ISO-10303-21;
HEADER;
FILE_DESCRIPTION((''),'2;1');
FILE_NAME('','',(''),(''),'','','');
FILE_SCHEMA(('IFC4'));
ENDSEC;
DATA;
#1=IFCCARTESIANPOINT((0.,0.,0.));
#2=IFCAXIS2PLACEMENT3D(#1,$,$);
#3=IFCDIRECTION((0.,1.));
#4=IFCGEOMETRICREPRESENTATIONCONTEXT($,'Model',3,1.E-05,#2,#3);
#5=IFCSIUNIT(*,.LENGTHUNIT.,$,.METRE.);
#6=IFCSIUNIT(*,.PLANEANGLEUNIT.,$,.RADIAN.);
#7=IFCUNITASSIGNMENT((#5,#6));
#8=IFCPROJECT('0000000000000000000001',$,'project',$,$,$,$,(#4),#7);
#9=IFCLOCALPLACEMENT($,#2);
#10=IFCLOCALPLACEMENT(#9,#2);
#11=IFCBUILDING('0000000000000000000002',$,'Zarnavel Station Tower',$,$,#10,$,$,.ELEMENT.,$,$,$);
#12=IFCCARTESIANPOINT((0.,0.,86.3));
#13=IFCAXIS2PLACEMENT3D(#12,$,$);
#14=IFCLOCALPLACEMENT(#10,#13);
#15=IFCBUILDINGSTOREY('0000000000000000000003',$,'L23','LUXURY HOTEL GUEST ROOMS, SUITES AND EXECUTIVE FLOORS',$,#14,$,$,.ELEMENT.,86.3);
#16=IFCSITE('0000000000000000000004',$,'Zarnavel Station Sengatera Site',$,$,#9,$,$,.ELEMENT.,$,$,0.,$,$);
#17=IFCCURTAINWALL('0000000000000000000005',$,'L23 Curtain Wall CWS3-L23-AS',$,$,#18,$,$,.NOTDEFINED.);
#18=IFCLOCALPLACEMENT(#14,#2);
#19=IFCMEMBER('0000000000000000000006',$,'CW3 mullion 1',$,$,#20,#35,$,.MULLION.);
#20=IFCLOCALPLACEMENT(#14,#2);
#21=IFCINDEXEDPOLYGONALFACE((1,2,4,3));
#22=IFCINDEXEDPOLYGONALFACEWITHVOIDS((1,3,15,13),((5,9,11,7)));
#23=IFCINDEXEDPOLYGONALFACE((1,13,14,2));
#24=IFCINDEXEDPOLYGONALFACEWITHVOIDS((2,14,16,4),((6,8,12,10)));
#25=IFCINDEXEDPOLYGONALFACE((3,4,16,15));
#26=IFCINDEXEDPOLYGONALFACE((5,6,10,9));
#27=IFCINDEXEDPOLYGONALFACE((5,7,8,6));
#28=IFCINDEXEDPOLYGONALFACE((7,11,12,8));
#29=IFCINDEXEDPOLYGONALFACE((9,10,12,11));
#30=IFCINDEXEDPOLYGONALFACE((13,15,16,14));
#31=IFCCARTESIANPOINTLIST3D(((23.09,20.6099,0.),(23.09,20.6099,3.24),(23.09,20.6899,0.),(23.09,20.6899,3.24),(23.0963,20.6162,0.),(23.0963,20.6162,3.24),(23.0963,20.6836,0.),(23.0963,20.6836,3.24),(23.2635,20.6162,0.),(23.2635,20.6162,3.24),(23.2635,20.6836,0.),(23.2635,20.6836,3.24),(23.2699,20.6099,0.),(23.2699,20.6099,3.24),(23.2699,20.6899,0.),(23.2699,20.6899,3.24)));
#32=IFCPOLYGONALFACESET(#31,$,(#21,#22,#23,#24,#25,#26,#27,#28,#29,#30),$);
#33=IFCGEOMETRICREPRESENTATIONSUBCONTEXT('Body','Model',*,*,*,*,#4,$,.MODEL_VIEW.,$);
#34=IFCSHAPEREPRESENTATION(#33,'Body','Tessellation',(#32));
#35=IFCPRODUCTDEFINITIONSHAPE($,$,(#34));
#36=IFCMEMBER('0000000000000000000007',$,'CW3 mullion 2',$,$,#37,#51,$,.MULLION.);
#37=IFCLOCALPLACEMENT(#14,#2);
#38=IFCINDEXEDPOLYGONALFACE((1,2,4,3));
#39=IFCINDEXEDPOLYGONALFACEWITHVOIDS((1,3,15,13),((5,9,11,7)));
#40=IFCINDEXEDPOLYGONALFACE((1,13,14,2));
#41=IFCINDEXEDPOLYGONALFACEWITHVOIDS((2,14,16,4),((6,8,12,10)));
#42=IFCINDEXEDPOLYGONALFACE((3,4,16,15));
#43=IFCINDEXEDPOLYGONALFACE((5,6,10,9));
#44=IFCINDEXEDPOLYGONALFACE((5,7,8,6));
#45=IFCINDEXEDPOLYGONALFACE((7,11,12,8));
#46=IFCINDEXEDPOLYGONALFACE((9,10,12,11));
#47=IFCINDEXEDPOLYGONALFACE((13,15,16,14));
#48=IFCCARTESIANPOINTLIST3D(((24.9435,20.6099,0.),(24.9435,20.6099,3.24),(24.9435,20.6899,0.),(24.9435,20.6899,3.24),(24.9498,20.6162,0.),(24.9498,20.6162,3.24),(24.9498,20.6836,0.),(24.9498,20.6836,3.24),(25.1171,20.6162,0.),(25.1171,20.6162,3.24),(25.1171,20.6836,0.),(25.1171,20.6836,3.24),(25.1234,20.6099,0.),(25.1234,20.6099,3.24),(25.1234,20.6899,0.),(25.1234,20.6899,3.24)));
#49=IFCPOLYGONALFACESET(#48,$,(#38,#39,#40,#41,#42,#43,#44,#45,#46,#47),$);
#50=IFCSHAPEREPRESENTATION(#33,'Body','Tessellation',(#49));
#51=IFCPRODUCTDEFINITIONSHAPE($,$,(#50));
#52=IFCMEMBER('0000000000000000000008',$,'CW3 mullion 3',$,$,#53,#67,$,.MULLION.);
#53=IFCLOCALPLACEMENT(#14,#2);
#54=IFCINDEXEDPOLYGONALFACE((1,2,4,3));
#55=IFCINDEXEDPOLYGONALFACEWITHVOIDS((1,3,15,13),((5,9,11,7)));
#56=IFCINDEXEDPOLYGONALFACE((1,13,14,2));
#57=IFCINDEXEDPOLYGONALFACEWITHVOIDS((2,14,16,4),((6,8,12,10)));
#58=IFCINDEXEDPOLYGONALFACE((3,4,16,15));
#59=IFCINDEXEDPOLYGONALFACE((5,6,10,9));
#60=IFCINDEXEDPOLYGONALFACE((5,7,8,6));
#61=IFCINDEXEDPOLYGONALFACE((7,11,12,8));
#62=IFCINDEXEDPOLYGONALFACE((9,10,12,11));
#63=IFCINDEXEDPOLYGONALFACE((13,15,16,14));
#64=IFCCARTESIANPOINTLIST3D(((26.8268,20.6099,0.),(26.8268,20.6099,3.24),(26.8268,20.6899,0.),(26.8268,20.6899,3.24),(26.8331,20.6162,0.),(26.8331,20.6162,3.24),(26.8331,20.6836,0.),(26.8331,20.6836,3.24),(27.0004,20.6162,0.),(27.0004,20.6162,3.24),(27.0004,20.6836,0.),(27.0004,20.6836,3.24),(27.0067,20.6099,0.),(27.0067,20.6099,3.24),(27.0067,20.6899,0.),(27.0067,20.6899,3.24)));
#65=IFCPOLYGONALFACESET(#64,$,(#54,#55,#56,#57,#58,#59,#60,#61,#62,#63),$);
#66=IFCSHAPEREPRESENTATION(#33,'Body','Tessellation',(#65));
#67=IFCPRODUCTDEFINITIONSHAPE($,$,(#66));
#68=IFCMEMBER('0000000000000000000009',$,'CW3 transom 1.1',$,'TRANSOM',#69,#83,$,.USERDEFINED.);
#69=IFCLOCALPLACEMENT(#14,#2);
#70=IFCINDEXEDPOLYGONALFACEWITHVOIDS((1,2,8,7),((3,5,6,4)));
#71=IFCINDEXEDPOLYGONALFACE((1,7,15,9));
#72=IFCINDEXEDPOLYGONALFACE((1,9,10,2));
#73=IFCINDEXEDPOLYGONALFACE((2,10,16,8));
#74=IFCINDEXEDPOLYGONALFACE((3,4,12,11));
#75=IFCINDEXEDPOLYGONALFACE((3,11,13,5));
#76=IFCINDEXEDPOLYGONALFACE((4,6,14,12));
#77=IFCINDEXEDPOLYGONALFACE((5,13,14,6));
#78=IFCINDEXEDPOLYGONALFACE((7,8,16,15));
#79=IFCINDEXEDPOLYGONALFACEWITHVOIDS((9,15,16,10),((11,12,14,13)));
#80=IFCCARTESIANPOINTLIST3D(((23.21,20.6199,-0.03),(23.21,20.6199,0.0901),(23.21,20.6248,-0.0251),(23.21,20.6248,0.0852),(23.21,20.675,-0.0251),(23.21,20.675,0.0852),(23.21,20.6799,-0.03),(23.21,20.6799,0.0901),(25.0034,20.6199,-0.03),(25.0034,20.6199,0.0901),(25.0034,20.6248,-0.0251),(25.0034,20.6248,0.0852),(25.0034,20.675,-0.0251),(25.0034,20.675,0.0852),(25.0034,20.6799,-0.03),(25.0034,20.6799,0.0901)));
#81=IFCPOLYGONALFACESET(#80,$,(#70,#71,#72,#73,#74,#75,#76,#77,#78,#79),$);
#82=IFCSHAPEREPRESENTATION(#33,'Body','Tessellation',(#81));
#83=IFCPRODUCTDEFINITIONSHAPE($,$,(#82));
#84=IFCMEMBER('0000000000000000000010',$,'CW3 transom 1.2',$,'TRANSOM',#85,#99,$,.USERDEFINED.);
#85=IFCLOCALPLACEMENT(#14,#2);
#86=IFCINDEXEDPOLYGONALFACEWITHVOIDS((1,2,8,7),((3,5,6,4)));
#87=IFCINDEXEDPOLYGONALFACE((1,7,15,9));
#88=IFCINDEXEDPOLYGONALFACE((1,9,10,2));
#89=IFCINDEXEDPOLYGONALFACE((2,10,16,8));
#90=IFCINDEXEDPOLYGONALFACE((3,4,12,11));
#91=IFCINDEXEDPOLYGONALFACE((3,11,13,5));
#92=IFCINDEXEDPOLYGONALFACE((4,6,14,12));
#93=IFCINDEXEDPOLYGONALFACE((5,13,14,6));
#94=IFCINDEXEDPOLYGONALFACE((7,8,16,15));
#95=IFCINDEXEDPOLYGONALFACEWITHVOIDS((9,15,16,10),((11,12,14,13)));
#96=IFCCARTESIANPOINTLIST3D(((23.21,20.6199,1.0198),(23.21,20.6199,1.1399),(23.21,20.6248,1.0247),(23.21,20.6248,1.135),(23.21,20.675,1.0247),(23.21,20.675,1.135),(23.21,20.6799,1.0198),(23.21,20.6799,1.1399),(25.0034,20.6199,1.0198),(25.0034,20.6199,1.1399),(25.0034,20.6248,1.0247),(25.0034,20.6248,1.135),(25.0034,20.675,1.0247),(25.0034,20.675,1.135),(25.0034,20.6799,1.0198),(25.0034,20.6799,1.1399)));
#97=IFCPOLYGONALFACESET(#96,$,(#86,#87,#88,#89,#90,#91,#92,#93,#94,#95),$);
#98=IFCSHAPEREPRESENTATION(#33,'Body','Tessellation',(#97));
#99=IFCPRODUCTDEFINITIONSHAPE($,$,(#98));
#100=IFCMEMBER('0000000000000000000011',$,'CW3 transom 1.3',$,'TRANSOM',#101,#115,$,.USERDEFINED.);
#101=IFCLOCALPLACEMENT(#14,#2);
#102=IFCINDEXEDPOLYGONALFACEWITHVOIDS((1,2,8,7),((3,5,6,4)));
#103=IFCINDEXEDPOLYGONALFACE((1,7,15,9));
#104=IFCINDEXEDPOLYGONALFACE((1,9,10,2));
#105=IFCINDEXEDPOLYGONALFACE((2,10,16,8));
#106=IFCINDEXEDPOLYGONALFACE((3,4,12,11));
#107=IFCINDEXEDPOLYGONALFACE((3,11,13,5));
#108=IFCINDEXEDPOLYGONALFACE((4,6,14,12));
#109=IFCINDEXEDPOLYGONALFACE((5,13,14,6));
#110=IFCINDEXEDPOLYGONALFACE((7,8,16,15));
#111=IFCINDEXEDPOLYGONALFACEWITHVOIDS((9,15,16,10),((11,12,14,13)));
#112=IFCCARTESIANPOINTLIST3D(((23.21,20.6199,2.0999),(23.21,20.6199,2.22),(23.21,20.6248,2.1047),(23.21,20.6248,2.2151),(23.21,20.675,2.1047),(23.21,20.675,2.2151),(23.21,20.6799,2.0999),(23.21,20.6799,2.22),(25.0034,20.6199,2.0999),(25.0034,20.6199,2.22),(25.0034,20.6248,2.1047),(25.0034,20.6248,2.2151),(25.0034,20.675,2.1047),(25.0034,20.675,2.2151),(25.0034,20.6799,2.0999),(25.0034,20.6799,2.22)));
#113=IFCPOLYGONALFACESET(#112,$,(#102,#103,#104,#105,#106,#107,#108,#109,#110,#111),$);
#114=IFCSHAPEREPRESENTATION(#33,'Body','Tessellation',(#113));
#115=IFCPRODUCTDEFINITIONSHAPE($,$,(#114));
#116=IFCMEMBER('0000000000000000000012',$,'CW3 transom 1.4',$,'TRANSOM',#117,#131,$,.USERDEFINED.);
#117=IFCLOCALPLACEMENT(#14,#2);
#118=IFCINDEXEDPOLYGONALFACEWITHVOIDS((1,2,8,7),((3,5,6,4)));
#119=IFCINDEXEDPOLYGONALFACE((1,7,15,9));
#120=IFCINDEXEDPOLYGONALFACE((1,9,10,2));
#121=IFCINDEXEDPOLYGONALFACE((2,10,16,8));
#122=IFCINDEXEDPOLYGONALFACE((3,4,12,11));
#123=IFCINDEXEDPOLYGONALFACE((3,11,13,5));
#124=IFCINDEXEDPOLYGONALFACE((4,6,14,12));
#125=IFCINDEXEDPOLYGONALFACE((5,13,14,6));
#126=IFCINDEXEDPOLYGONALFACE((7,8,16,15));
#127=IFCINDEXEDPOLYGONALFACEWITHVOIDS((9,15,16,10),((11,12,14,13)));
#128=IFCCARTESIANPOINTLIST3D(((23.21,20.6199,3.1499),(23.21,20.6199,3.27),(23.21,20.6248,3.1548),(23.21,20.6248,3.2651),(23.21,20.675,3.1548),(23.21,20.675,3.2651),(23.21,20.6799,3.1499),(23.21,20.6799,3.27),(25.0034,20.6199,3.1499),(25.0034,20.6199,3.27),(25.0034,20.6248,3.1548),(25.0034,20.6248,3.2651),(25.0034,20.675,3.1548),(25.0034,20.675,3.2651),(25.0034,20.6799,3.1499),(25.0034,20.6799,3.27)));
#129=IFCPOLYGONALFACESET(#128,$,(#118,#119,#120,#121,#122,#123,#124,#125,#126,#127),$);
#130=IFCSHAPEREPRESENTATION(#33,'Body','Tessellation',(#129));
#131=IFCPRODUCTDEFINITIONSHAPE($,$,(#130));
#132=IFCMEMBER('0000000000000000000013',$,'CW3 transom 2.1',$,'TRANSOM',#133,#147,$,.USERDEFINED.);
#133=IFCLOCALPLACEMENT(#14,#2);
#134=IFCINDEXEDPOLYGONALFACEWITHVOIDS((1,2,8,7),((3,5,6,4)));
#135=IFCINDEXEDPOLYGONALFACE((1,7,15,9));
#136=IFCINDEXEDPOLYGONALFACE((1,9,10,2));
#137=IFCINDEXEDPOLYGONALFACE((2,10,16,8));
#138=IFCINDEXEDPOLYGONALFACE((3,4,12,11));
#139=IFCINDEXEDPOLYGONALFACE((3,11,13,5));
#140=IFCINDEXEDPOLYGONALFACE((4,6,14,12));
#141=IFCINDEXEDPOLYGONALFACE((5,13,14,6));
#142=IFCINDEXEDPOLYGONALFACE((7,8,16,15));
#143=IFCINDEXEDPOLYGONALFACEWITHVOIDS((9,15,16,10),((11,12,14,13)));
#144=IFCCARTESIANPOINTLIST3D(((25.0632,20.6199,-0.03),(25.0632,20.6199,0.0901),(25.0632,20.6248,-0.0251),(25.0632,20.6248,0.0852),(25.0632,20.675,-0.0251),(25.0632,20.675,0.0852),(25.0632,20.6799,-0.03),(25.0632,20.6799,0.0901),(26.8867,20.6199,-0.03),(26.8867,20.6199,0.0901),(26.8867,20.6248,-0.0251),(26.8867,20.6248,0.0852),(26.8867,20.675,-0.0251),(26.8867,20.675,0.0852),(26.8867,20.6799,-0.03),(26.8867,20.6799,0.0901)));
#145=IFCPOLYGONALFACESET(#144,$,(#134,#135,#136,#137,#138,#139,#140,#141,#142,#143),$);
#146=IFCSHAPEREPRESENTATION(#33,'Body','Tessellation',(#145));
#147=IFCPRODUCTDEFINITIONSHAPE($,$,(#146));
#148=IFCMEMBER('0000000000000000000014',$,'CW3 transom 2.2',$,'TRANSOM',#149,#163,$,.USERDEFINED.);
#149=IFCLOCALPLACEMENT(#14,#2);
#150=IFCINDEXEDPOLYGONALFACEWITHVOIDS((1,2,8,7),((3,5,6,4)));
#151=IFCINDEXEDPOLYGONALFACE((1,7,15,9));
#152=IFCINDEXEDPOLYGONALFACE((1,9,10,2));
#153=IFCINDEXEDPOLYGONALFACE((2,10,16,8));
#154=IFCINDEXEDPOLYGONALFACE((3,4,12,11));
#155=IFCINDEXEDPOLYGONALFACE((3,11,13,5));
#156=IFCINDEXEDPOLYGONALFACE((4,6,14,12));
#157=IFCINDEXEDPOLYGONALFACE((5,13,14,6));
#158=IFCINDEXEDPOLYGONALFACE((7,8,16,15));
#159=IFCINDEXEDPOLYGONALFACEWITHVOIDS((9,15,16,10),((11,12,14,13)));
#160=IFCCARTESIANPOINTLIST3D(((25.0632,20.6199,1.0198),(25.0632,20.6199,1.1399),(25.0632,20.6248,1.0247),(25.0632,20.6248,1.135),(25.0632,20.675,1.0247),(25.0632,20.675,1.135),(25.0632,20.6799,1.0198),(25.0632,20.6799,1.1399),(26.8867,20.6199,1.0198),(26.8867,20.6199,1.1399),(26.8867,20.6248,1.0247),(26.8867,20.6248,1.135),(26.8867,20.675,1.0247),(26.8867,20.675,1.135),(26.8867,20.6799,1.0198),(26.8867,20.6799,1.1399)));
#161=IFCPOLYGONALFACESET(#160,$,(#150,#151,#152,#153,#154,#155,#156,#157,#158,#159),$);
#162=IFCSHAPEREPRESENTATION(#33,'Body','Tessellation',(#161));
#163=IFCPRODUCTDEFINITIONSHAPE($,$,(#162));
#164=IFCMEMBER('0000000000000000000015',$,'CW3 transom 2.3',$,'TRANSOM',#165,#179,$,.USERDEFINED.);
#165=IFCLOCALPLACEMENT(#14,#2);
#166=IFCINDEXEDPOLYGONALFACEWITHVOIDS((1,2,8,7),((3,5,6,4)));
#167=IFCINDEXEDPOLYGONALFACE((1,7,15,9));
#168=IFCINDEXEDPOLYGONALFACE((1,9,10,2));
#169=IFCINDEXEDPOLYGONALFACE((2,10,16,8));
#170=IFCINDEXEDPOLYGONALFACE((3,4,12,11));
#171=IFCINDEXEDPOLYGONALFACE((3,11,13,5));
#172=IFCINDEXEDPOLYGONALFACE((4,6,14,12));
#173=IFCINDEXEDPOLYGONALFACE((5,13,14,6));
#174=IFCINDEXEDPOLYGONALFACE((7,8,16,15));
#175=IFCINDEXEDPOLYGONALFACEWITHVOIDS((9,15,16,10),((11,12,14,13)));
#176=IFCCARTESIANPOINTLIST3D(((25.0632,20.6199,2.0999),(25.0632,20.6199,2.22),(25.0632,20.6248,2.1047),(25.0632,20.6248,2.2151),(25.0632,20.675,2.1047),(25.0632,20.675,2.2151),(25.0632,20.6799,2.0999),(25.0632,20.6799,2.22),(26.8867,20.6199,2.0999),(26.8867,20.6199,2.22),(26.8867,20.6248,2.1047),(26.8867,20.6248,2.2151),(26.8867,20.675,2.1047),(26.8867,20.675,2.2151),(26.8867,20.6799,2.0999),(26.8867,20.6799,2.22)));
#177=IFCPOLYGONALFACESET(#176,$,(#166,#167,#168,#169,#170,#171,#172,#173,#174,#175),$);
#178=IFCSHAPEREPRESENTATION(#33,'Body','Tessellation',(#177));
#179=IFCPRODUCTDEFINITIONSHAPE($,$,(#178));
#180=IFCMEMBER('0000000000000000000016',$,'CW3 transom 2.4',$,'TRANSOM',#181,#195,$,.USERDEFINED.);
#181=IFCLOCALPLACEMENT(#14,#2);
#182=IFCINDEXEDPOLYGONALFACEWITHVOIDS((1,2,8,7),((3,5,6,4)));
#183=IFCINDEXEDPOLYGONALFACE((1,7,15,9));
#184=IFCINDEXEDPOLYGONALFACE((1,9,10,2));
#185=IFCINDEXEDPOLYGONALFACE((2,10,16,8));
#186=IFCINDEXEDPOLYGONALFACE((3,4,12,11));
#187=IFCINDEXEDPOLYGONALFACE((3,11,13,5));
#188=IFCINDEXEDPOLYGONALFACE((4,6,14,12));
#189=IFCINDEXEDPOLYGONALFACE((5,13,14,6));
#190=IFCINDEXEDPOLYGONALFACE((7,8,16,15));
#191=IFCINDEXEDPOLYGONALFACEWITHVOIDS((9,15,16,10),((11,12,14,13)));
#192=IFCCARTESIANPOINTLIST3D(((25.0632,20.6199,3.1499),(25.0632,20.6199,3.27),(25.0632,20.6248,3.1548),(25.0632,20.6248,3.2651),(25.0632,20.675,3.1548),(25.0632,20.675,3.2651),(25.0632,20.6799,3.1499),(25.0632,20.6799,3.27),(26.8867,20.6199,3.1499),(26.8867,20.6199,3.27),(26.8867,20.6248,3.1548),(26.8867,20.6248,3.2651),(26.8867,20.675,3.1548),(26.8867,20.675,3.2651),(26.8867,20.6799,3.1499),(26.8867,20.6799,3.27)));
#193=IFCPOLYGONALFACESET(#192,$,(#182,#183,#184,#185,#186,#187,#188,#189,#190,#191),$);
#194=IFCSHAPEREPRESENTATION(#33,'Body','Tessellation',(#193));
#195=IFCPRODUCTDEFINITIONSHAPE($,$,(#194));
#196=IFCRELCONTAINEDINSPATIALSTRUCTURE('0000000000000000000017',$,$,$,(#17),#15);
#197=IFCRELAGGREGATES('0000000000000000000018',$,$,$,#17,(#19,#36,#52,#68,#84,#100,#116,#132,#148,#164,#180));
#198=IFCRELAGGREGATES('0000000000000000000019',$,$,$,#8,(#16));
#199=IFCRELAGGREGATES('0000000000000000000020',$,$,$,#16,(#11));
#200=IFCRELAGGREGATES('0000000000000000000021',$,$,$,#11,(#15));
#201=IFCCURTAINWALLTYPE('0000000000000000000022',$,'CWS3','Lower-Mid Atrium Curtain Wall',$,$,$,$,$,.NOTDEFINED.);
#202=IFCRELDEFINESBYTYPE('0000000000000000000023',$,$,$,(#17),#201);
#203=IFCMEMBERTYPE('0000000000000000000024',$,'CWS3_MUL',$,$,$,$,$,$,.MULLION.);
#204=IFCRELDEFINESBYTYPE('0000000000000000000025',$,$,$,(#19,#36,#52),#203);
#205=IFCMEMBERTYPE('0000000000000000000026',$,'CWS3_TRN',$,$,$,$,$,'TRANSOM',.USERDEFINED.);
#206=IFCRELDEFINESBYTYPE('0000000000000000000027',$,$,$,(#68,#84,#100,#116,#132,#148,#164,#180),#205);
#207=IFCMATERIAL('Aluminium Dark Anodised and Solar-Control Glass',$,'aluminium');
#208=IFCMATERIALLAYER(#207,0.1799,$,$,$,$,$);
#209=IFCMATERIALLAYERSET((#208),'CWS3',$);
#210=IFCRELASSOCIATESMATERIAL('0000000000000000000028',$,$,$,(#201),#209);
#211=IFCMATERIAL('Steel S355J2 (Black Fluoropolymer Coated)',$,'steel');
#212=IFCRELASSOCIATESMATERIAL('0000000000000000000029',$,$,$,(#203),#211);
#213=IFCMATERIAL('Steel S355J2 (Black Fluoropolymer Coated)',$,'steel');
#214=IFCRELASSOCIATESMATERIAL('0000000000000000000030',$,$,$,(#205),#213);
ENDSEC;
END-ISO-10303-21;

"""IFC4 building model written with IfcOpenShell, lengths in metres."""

from ifc_helpers import new_model, si_unit, direction, frame, origin, origin_2d, place, context, subcontext, project, spatial, hollow_rectangle, extrude, material, layer, layer_set, material_profile, profile_set, type_object, element, aggregate, save


model = new_model("IFC4")

# Units and contexts
model_context = context("Model", 3, precision=1e-05, world=origin(), true_north=direction((0.0, 1.0)))
body_context = subcontext(model_context, "Body", "Model", "MODEL_VIEW")
ifc_project = project(units=[si_unit("LENGTHUNIT", "METRE"), si_unit("PLANEANGLEUNIT", "RADIAN")], contexts=[model_context])

# Site, building, storey
site_placement = place(None, origin())
site = spatial("IfcSite", under=ifc_project, at=site_placement, Name="Zarnavel Station Sengatera Site", CompositionType="ELEMENT", RefElevation=0.0)
building_placement = place(site_placement, origin())
building = spatial("IfcBuilding", under=site, at=building_placement, Name="Zarnavel Station Tower", CompositionType="ELEMENT")
storey_placement = place(building_placement, frame((0.0, 0.0, 86.3)))
storey = spatial("IfcBuildingStorey", under=building, at=storey_placement, Name="L23", Description="LUXURY HOTEL GUEST ROOMS, SUITES AND EXECUTIVE FLOORS", CompositionType="ELEMENT", Elevation=86.3)

# Curtain wall, members
ifc_material_1 = material(Name="Aluminium Dark Anodised and Solar-Control Glass", Category="aluminium")
ifc_layer_1 = layer(ifc_material_1, 0.1799)
ifc_layer_set_1 = layer_set([ifc_layer_1], Name="CWS3")
curtain_wall_type = type_object("IfcCurtainWallType", Name="CWS3", Description="Lower-Mid Atrium Curtain Wall", PredefinedType="NOTDEFINED", material=ifc_layer_set_1)
curtain_wall_placement = place(storey_placement, origin())
curtain_wall = element("IfcCurtainWall", 1, at=curtain_wall_placement, inside=storey, type_object=curtain_wall_type, Name="L23 Curtain Wall CWS3-L23-AS", PredefinedType="NOTDEFINED")
ifc_material_2 = material(Name="Steel S355J2 (Black Fluoropolymer Coated)", Category="steel")
ifc_material_profile_1 = material_profile(ifc_material_2, hollow_rectangle(XDim=0.0801, YDim=0.1799, WallThickness=0.0063, at=origin_2d()), Name="RHS180x80x6.3")
ifc_profile_set_1 = profile_set([ifc_material_profile_1], Name="Steel S355J2 (Black Fluoropolymer Coated)")
member_type_1 = type_object("IfcMemberType", Name="CWS3_MUL", PredefinedType="MULLION", material=ifc_profile_set_1)
member_1_placement = place(storey_placement, frame((23.1799, 20.6499, 0.0), z_axis=(0.0, 0.0, 1.0), x_axis=(0.0, 1.0, 0.0)))
member_1 = element("IfcMember", 2, at=member_1_placement, type_object=member_type_1, Name="CW3 mullion 1", PredefinedType="MULLION", context=body_context, shape_type="SweptSolid", body=[
    extrude(hollow_rectangle(XDim=0.0801, YDim=0.1799, WallThickness=0.0063, at=origin_2d()), origin(), (0.0, 0.0, 1.0), 3.24),
])
member_2_placement = place(storey_placement, frame((25.0334, 20.6499, 0.0), z_axis=(0.0, 0.0, 1.0), x_axis=(0.0, 1.0, 0.0)))
member_2 = element("IfcMember", 3, at=member_2_placement, type_object=member_type_1, Name="CW3 mullion 2", PredefinedType="MULLION", context=body_context, shape_type="SweptSolid", body=[
    extrude(hollow_rectangle(XDim=0.0801, YDim=0.1799, WallThickness=0.0063, at=origin_2d()), origin(), (0.0, 0.0, 1.0), 3.24),
])
member_3_placement = place(storey_placement, frame((26.9167, 20.6499, 0.0), z_axis=(0.0, 0.0, 1.0), x_axis=(0.0, 1.0, 0.0)))
member_3 = element("IfcMember", 4, at=member_3_placement, type_object=member_type_1, Name="CW3 mullion 3", PredefinedType="MULLION", context=body_context, shape_type="SweptSolid", body=[
    extrude(hollow_rectangle(XDim=0.0801, YDim=0.1799, WallThickness=0.0063, at=origin_2d()), origin(), (0.0, 0.0, 1.0), 3.24),
])
ifc_material_3 = material(Name="Steel S355J2 (Black Fluoropolymer Coated)", Category="steel")
ifc_material_profile_2 = material_profile(ifc_material_3, hollow_rectangle(XDim=0.0601, YDim=0.1201, WallThickness=0.0049, at=origin_2d()), Name="RHS120x60x5")
ifc_profile_set_2 = profile_set([ifc_material_profile_2], Name="Steel S355J2 (Black Fluoropolymer Coated)")
member_type_2 = type_object("IfcMemberType", Name="CWS3_TRN", ElementType="TRANSOM", PredefinedType="USERDEFINED", material=ifc_profile_set_2)
member_4_placement = place(storey_placement, frame((23.21, 20.6499, 0.03), z_axis=(1.0, 0.0, 0.0), x_axis=(0.0, 1.0, 0.0)))
member_4 = element("IfcMember", 5, at=member_4_placement, type_object=member_type_2, Name="CW3 transom 1.1", ObjectType="TRANSOM", PredefinedType="USERDEFINED", context=body_context, shape_type="SweptSolid", body=[
    extrude(hollow_rectangle(XDim=0.0601, YDim=0.1201, WallThickness=0.0049, at=origin_2d()), origin(), (0.0, 0.0, 1.0), 1.7935),
])
member_5_placement = place(storey_placement, frame((23.21, 20.6499, 1.0798), z_axis=(1.0, 0.0, 0.0), x_axis=(0.0, 1.0, 0.0)))
member_5 = element("IfcMember", 6, at=member_5_placement, type_object=member_type_2, Name="CW3 transom 1.2", ObjectType="TRANSOM", PredefinedType="USERDEFINED", context=body_context, shape_type="SweptSolid", body=[
    extrude(hollow_rectangle(XDim=0.0601, YDim=0.1201, WallThickness=0.0049, at=origin_2d()), origin(), (0.0, 0.0, 1.0), 1.7935),
])
member_6_placement = place(storey_placement, frame((23.21, 20.6499, 2.1599), z_axis=(1.0, 0.0, 0.0), x_axis=(0.0, 1.0, 0.0)))
member_6 = element("IfcMember", 7, at=member_6_placement, type_object=member_type_2, Name="CW3 transom 1.3", ObjectType="TRANSOM", PredefinedType="USERDEFINED", context=body_context, shape_type="SweptSolid", body=[
    extrude(hollow_rectangle(XDim=0.0601, YDim=0.1201, WallThickness=0.0049, at=origin_2d()), origin(), (0.0, 0.0, 1.0), 1.7935),
])
member_7_placement = place(storey_placement, frame((23.21, 20.6499, 3.21), z_axis=(1.0, 0.0, 0.0), x_axis=(0.0, 1.0, 0.0)))
member_7 = element("IfcMember", 8, at=member_7_placement, type_object=member_type_2, Name="CW3 transom 1.4", ObjectType="TRANSOM", PredefinedType="USERDEFINED", context=body_context, shape_type="SweptSolid", body=[
    extrude(hollow_rectangle(XDim=0.0601, YDim=0.1201, WallThickness=0.0049, at=origin_2d()), origin(), (0.0, 0.0, 1.0), 1.7935),
])
member_8_placement = place(storey_placement, frame((25.0632, 20.6499, 0.03), z_axis=(1.0, 0.0, 0.0), x_axis=(0.0, 1.0, 0.0)))
member_8 = element("IfcMember", 9, at=member_8_placement, type_object=member_type_2, Name="CW3 transom 2.1", ObjectType="TRANSOM", PredefinedType="USERDEFINED", context=body_context, shape_type="SweptSolid", body=[
    extrude(hollow_rectangle(XDim=0.0601, YDim=0.1201, WallThickness=0.0049, at=origin_2d()), origin(), (0.0, 0.0, 1.0), 1.8235),
])
member_9_placement = place(storey_placement, frame((25.0632, 20.6499, 1.0798), z_axis=(1.0, 0.0, 0.0), x_axis=(0.0, 1.0, 0.0)))
member_9 = element("IfcMember", 10, at=member_9_placement, type_object=member_type_2, Name="CW3 transom 2.2", ObjectType="TRANSOM", PredefinedType="USERDEFINED", context=body_context, shape_type="SweptSolid", body=[
    extrude(hollow_rectangle(XDim=0.0601, YDim=0.1201, WallThickness=0.0049, at=origin_2d()), origin(), (0.0, 0.0, 1.0), 1.8235),
])
member_10_placement = place(storey_placement, frame((25.0632, 20.6499, 2.1599), z_axis=(1.0, 0.0, 0.0), x_axis=(0.0, 1.0, 0.0)))
member_10 = element("IfcMember", 11, at=member_10_placement, type_object=member_type_2, Name="CW3 transom 2.3", ObjectType="TRANSOM", PredefinedType="USERDEFINED", context=body_context, shape_type="SweptSolid", body=[
    extrude(hollow_rectangle(XDim=0.0601, YDim=0.1201, WallThickness=0.0049, at=origin_2d()), origin(), (0.0, 0.0, 1.0), 1.8235),
])
member_11_placement = place(storey_placement, frame((25.0632, 20.6499, 3.21), z_axis=(1.0, 0.0, 0.0), x_axis=(0.0, 1.0, 0.0)))
member_11 = element("IfcMember", 12, at=member_11_placement, type_object=member_type_2, Name="CW3 transom 2.4", ObjectType="TRANSOM", PredefinedType="USERDEFINED", context=body_context, shape_type="SweptSolid", body=[
    extrude(hollow_rectangle(XDim=0.0601, YDim=0.1201, WallThickness=0.0049, at=origin_2d()), origin(), (0.0, 0.0, 1.0), 1.8235),
])
aggregate(curtain_wall, [member_1, member_2, member_3, member_4, member_5, member_6, member_7, member_8, member_9, member_10, member_11])

save(model, "model.ifc")
